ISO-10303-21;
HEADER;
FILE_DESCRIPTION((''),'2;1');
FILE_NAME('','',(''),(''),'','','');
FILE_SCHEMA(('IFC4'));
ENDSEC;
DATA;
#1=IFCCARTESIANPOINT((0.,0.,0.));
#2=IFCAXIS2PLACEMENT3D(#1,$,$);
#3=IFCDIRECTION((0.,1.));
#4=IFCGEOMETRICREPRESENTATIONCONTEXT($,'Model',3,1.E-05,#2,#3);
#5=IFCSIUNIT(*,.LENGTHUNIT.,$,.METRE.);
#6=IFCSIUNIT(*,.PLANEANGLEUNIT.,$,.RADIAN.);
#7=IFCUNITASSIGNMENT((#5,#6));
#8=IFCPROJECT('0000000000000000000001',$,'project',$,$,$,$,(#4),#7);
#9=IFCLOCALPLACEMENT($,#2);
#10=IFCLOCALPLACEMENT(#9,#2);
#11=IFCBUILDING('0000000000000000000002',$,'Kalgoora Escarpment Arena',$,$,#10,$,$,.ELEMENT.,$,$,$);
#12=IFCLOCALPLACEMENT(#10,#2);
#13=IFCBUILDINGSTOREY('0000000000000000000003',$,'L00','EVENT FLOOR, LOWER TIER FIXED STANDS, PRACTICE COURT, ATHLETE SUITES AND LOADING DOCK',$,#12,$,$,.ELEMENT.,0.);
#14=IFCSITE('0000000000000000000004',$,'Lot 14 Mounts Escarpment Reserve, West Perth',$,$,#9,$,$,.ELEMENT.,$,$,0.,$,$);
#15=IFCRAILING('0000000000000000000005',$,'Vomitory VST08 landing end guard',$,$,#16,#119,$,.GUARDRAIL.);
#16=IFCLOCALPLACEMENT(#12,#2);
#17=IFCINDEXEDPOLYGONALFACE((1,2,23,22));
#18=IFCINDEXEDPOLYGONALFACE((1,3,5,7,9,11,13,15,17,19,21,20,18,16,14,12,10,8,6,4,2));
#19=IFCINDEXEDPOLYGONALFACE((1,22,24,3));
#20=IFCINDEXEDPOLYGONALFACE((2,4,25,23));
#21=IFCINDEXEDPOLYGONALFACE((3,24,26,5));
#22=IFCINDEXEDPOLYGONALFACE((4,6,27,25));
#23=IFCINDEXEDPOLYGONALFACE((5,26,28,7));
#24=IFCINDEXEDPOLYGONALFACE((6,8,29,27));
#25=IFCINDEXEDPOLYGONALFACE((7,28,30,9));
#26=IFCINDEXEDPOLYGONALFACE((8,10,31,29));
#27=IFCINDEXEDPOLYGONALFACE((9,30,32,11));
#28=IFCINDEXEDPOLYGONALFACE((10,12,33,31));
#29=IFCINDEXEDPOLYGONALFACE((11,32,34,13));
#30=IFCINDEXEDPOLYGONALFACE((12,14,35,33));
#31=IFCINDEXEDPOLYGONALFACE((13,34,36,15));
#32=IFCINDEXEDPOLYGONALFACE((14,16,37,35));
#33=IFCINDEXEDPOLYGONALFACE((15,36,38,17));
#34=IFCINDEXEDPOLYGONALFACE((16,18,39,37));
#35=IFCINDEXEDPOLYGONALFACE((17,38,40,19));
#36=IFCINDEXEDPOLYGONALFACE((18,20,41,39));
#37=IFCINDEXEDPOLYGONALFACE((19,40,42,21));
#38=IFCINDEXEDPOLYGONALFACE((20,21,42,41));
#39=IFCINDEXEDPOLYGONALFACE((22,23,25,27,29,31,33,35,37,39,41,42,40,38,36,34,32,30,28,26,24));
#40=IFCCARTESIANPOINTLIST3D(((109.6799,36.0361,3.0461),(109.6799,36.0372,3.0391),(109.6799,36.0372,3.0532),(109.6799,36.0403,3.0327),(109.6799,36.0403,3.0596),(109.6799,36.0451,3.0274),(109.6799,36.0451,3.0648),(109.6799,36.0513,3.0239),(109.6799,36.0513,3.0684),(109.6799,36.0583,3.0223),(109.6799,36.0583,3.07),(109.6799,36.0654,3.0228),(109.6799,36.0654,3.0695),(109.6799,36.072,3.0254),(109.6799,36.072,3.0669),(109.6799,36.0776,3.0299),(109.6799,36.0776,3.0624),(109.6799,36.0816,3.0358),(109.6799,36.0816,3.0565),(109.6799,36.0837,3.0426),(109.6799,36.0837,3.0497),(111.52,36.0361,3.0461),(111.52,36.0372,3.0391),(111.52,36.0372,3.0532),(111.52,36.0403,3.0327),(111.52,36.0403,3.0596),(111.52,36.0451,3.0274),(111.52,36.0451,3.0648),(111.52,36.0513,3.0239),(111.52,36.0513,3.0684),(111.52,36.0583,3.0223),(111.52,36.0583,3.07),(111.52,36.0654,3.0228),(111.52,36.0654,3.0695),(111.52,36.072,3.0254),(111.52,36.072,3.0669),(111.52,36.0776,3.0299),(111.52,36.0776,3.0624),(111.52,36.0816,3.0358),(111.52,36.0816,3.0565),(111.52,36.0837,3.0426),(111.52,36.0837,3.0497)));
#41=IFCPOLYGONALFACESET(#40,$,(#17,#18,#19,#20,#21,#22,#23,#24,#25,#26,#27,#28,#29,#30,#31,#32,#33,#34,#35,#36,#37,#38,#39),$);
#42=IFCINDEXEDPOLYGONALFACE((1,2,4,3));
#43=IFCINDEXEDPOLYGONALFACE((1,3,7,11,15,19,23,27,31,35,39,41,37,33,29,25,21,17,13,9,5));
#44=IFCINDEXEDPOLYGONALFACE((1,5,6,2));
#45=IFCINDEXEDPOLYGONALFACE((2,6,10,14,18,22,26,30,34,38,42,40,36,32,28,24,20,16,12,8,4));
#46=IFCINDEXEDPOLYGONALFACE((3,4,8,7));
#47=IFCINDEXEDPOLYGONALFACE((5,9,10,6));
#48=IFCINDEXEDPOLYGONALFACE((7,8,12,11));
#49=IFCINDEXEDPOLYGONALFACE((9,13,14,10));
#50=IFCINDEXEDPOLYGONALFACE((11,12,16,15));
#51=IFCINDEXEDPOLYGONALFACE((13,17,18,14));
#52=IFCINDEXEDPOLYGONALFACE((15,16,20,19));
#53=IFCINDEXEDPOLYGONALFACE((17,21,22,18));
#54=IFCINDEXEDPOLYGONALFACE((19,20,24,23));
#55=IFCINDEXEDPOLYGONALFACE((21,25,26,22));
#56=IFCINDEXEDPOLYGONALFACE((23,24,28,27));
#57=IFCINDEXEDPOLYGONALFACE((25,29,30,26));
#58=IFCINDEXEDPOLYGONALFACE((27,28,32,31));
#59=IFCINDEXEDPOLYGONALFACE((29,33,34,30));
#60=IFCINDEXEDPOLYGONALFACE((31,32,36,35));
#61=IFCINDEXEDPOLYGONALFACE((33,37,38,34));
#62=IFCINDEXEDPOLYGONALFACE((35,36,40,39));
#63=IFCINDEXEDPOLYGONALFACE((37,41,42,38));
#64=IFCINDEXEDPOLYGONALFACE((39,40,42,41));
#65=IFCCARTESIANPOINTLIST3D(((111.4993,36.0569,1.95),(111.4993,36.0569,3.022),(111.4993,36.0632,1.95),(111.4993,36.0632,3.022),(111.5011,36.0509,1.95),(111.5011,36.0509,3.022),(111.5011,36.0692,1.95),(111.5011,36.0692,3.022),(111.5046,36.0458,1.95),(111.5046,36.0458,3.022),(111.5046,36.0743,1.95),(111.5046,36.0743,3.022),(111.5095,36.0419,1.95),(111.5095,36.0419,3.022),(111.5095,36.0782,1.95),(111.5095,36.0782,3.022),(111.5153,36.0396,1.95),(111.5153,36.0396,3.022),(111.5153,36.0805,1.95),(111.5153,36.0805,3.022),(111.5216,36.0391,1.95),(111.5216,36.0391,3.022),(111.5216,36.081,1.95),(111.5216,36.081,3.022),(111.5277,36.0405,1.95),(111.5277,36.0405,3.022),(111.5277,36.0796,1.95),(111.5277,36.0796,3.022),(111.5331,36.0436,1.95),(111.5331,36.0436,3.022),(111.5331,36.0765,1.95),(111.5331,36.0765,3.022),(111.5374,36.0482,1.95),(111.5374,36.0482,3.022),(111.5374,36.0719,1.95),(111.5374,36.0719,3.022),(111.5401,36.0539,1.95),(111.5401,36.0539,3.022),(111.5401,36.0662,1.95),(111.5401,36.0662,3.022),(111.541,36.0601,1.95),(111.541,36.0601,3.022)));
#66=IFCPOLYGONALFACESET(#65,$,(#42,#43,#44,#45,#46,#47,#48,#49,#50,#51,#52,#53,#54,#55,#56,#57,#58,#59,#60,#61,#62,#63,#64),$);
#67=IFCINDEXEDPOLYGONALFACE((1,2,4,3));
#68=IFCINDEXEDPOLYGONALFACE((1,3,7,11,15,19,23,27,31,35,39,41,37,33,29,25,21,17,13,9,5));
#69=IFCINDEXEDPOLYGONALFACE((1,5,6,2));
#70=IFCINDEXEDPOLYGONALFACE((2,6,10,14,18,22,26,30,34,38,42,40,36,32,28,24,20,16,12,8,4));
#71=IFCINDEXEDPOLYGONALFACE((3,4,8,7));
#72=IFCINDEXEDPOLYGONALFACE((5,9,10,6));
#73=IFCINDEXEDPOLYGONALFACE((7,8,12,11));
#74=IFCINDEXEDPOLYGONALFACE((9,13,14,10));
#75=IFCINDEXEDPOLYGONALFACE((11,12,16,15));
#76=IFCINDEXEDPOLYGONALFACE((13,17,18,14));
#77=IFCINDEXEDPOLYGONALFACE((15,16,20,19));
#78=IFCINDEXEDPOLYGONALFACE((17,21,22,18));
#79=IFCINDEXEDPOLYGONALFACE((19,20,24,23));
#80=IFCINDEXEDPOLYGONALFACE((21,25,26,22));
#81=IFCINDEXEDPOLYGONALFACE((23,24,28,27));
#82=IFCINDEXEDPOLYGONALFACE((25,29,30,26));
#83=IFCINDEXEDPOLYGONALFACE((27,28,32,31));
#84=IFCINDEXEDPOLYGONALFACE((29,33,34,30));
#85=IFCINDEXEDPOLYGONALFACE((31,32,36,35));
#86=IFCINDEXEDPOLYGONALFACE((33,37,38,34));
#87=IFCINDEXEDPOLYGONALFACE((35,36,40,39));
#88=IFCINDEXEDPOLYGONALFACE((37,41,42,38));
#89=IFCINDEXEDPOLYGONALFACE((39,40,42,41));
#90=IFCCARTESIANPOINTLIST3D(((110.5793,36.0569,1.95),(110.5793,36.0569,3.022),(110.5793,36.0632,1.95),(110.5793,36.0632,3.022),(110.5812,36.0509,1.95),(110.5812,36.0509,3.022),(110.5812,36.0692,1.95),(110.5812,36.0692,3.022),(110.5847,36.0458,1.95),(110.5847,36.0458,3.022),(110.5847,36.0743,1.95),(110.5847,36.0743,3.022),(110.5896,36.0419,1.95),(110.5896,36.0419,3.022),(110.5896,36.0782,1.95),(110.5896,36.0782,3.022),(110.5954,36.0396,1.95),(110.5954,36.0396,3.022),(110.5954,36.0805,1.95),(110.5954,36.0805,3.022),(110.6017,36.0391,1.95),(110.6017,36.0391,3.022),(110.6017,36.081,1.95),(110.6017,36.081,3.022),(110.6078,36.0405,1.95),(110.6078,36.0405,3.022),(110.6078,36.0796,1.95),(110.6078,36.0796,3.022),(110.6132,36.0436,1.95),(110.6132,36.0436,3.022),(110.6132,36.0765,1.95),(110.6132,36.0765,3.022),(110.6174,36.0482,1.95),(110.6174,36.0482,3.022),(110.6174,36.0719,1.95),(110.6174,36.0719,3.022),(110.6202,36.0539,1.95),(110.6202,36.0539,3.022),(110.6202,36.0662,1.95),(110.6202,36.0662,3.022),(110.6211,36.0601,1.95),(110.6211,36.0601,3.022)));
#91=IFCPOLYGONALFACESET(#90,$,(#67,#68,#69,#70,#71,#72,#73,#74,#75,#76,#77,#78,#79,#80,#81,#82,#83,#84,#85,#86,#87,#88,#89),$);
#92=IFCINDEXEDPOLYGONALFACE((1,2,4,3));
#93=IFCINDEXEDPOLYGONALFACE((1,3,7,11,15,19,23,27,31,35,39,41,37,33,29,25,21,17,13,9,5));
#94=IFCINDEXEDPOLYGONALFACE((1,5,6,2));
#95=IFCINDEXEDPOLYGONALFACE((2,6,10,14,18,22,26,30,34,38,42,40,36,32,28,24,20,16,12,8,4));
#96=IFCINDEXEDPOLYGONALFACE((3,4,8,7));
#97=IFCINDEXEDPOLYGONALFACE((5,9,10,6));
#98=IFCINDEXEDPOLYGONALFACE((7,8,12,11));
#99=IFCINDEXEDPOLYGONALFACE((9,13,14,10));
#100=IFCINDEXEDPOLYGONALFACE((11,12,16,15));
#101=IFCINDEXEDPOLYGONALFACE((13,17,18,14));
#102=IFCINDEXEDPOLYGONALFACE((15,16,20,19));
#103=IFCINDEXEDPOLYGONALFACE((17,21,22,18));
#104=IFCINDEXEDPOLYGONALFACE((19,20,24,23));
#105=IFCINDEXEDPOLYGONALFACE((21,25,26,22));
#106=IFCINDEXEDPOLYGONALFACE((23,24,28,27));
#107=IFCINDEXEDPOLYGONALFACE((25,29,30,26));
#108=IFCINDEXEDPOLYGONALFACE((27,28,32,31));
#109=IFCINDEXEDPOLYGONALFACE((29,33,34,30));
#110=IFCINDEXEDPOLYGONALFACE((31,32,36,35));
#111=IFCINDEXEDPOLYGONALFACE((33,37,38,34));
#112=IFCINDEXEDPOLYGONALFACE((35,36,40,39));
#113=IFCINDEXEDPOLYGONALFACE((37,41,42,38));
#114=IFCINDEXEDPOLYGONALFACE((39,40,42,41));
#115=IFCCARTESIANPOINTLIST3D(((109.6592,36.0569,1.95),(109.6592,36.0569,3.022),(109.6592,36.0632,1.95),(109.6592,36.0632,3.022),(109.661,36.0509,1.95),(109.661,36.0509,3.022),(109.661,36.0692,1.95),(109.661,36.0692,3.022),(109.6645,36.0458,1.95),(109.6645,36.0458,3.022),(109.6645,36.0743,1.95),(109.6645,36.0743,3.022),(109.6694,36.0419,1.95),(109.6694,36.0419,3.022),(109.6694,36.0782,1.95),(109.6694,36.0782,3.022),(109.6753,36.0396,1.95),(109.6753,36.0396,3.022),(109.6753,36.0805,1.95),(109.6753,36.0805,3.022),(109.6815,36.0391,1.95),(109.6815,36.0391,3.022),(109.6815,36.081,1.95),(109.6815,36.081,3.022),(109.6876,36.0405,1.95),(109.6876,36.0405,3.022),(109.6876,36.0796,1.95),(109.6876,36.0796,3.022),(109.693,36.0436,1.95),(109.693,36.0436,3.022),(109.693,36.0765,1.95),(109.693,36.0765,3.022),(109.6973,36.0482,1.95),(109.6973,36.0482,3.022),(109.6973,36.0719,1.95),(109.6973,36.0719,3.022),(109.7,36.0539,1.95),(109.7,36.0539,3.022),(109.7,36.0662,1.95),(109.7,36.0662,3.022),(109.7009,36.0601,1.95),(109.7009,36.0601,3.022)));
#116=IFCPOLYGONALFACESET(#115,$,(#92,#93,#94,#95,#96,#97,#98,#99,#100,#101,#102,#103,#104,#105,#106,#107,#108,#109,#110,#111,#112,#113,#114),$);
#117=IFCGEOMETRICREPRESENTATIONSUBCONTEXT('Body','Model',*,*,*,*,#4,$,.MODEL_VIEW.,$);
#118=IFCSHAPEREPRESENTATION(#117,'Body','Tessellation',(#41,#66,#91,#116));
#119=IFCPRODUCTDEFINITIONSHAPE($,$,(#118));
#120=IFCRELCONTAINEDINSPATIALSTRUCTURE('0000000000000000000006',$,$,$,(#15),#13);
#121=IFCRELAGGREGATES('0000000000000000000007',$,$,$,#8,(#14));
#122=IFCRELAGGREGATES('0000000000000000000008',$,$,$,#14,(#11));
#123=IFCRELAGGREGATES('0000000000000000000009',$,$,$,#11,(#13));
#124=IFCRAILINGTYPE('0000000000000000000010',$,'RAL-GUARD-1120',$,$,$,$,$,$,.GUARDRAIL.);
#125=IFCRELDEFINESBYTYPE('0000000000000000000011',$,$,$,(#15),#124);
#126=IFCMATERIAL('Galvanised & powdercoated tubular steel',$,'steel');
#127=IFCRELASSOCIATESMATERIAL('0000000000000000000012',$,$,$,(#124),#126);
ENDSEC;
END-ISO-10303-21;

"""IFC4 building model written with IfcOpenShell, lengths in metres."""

from ifc_helpers import new_model, si_unit, direction, frame, origin, origin_2d, place, context, subcontext, project, spatial, circle, extrude, material, type_object, element, save


model = new_model("IFC4")

# Units and contexts
model_context = context("Model", 3, precision=1e-05, world=origin(), true_north=direction((0.0, 1.0)))
body_context = subcontext(model_context, "Body", "Model", "MODEL_VIEW")
ifc_project = project(units=[si_unit("LENGTHUNIT", "METRE"), si_unit("PLANEANGLEUNIT", "RADIAN")], contexts=[model_context])

# Site, building, storey
site_placement = place(None, origin())
site = spatial("IfcSite", under=ifc_project, at=site_placement, Name="Lot 14 Mounts Escarpment Reserve, West Perth", CompositionType="ELEMENT", RefElevation=0.0)
building_placement = place(site_placement, origin())
building = spatial("IfcBuilding", under=site, at=building_placement, Name="Kalgoora Escarpment Arena", CompositionType="ELEMENT")
storey_placement = place(building_placement, origin())
storey = spatial("IfcBuildingStorey", under=building, at=storey_placement, Name="L00", Description="EVENT FLOOR, LOWER TIER FIXED STANDS, PRACTICE COURT, ATHLETE SUITES AND LOADING DOCK", CompositionType="ELEMENT", Elevation=0.0)

# Railing
ifc_material_1 = material(Name="Galvanised & powdercoated tubular steel", Category="steel")
railing_type_1 = type_object("IfcRailingType", Name="RAL-GUARD-1120", PredefinedType="GUARDRAIL", material=ifc_material_1)
railing_1_placement = place(storey_placement, frame((111.52, 36.0601, 1.95)))
element("IfcRailing", 1, at=railing_1_placement, inside=storey, type_object=railing_type_1, Name="Vomitory VST08 landing end guard", PredefinedType="GUARDRAIL", context=body_context, shape_type="SweptSolid", body=[
    extrude(circle(Radius=0.0239, at=origin_2d()), frame((0.0, 0.0, 1.0962), z_axis=(-1.0, 0.0, 0.0), x_axis=(0.0, -1.0, 0.0)), (0.0, 0.0, 1.0), 1.8401),
    extrude(circle(Radius=0.021, at=origin_2d()), origin(), (0.0, 0.0, 1.0), 1.072),
    extrude(circle(Radius=0.021, at=origin_2d()), frame((-0.9199, 0.0, 0.0)), (0.0, 0.0, 1.0), 1.072),
    extrude(circle(Radius=0.021, at=origin_2d()), frame((-1.8401, 0.0, 0.0)), (0.0, 0.0, 1.0), 1.072),
])

save(model, "model.ifc")
